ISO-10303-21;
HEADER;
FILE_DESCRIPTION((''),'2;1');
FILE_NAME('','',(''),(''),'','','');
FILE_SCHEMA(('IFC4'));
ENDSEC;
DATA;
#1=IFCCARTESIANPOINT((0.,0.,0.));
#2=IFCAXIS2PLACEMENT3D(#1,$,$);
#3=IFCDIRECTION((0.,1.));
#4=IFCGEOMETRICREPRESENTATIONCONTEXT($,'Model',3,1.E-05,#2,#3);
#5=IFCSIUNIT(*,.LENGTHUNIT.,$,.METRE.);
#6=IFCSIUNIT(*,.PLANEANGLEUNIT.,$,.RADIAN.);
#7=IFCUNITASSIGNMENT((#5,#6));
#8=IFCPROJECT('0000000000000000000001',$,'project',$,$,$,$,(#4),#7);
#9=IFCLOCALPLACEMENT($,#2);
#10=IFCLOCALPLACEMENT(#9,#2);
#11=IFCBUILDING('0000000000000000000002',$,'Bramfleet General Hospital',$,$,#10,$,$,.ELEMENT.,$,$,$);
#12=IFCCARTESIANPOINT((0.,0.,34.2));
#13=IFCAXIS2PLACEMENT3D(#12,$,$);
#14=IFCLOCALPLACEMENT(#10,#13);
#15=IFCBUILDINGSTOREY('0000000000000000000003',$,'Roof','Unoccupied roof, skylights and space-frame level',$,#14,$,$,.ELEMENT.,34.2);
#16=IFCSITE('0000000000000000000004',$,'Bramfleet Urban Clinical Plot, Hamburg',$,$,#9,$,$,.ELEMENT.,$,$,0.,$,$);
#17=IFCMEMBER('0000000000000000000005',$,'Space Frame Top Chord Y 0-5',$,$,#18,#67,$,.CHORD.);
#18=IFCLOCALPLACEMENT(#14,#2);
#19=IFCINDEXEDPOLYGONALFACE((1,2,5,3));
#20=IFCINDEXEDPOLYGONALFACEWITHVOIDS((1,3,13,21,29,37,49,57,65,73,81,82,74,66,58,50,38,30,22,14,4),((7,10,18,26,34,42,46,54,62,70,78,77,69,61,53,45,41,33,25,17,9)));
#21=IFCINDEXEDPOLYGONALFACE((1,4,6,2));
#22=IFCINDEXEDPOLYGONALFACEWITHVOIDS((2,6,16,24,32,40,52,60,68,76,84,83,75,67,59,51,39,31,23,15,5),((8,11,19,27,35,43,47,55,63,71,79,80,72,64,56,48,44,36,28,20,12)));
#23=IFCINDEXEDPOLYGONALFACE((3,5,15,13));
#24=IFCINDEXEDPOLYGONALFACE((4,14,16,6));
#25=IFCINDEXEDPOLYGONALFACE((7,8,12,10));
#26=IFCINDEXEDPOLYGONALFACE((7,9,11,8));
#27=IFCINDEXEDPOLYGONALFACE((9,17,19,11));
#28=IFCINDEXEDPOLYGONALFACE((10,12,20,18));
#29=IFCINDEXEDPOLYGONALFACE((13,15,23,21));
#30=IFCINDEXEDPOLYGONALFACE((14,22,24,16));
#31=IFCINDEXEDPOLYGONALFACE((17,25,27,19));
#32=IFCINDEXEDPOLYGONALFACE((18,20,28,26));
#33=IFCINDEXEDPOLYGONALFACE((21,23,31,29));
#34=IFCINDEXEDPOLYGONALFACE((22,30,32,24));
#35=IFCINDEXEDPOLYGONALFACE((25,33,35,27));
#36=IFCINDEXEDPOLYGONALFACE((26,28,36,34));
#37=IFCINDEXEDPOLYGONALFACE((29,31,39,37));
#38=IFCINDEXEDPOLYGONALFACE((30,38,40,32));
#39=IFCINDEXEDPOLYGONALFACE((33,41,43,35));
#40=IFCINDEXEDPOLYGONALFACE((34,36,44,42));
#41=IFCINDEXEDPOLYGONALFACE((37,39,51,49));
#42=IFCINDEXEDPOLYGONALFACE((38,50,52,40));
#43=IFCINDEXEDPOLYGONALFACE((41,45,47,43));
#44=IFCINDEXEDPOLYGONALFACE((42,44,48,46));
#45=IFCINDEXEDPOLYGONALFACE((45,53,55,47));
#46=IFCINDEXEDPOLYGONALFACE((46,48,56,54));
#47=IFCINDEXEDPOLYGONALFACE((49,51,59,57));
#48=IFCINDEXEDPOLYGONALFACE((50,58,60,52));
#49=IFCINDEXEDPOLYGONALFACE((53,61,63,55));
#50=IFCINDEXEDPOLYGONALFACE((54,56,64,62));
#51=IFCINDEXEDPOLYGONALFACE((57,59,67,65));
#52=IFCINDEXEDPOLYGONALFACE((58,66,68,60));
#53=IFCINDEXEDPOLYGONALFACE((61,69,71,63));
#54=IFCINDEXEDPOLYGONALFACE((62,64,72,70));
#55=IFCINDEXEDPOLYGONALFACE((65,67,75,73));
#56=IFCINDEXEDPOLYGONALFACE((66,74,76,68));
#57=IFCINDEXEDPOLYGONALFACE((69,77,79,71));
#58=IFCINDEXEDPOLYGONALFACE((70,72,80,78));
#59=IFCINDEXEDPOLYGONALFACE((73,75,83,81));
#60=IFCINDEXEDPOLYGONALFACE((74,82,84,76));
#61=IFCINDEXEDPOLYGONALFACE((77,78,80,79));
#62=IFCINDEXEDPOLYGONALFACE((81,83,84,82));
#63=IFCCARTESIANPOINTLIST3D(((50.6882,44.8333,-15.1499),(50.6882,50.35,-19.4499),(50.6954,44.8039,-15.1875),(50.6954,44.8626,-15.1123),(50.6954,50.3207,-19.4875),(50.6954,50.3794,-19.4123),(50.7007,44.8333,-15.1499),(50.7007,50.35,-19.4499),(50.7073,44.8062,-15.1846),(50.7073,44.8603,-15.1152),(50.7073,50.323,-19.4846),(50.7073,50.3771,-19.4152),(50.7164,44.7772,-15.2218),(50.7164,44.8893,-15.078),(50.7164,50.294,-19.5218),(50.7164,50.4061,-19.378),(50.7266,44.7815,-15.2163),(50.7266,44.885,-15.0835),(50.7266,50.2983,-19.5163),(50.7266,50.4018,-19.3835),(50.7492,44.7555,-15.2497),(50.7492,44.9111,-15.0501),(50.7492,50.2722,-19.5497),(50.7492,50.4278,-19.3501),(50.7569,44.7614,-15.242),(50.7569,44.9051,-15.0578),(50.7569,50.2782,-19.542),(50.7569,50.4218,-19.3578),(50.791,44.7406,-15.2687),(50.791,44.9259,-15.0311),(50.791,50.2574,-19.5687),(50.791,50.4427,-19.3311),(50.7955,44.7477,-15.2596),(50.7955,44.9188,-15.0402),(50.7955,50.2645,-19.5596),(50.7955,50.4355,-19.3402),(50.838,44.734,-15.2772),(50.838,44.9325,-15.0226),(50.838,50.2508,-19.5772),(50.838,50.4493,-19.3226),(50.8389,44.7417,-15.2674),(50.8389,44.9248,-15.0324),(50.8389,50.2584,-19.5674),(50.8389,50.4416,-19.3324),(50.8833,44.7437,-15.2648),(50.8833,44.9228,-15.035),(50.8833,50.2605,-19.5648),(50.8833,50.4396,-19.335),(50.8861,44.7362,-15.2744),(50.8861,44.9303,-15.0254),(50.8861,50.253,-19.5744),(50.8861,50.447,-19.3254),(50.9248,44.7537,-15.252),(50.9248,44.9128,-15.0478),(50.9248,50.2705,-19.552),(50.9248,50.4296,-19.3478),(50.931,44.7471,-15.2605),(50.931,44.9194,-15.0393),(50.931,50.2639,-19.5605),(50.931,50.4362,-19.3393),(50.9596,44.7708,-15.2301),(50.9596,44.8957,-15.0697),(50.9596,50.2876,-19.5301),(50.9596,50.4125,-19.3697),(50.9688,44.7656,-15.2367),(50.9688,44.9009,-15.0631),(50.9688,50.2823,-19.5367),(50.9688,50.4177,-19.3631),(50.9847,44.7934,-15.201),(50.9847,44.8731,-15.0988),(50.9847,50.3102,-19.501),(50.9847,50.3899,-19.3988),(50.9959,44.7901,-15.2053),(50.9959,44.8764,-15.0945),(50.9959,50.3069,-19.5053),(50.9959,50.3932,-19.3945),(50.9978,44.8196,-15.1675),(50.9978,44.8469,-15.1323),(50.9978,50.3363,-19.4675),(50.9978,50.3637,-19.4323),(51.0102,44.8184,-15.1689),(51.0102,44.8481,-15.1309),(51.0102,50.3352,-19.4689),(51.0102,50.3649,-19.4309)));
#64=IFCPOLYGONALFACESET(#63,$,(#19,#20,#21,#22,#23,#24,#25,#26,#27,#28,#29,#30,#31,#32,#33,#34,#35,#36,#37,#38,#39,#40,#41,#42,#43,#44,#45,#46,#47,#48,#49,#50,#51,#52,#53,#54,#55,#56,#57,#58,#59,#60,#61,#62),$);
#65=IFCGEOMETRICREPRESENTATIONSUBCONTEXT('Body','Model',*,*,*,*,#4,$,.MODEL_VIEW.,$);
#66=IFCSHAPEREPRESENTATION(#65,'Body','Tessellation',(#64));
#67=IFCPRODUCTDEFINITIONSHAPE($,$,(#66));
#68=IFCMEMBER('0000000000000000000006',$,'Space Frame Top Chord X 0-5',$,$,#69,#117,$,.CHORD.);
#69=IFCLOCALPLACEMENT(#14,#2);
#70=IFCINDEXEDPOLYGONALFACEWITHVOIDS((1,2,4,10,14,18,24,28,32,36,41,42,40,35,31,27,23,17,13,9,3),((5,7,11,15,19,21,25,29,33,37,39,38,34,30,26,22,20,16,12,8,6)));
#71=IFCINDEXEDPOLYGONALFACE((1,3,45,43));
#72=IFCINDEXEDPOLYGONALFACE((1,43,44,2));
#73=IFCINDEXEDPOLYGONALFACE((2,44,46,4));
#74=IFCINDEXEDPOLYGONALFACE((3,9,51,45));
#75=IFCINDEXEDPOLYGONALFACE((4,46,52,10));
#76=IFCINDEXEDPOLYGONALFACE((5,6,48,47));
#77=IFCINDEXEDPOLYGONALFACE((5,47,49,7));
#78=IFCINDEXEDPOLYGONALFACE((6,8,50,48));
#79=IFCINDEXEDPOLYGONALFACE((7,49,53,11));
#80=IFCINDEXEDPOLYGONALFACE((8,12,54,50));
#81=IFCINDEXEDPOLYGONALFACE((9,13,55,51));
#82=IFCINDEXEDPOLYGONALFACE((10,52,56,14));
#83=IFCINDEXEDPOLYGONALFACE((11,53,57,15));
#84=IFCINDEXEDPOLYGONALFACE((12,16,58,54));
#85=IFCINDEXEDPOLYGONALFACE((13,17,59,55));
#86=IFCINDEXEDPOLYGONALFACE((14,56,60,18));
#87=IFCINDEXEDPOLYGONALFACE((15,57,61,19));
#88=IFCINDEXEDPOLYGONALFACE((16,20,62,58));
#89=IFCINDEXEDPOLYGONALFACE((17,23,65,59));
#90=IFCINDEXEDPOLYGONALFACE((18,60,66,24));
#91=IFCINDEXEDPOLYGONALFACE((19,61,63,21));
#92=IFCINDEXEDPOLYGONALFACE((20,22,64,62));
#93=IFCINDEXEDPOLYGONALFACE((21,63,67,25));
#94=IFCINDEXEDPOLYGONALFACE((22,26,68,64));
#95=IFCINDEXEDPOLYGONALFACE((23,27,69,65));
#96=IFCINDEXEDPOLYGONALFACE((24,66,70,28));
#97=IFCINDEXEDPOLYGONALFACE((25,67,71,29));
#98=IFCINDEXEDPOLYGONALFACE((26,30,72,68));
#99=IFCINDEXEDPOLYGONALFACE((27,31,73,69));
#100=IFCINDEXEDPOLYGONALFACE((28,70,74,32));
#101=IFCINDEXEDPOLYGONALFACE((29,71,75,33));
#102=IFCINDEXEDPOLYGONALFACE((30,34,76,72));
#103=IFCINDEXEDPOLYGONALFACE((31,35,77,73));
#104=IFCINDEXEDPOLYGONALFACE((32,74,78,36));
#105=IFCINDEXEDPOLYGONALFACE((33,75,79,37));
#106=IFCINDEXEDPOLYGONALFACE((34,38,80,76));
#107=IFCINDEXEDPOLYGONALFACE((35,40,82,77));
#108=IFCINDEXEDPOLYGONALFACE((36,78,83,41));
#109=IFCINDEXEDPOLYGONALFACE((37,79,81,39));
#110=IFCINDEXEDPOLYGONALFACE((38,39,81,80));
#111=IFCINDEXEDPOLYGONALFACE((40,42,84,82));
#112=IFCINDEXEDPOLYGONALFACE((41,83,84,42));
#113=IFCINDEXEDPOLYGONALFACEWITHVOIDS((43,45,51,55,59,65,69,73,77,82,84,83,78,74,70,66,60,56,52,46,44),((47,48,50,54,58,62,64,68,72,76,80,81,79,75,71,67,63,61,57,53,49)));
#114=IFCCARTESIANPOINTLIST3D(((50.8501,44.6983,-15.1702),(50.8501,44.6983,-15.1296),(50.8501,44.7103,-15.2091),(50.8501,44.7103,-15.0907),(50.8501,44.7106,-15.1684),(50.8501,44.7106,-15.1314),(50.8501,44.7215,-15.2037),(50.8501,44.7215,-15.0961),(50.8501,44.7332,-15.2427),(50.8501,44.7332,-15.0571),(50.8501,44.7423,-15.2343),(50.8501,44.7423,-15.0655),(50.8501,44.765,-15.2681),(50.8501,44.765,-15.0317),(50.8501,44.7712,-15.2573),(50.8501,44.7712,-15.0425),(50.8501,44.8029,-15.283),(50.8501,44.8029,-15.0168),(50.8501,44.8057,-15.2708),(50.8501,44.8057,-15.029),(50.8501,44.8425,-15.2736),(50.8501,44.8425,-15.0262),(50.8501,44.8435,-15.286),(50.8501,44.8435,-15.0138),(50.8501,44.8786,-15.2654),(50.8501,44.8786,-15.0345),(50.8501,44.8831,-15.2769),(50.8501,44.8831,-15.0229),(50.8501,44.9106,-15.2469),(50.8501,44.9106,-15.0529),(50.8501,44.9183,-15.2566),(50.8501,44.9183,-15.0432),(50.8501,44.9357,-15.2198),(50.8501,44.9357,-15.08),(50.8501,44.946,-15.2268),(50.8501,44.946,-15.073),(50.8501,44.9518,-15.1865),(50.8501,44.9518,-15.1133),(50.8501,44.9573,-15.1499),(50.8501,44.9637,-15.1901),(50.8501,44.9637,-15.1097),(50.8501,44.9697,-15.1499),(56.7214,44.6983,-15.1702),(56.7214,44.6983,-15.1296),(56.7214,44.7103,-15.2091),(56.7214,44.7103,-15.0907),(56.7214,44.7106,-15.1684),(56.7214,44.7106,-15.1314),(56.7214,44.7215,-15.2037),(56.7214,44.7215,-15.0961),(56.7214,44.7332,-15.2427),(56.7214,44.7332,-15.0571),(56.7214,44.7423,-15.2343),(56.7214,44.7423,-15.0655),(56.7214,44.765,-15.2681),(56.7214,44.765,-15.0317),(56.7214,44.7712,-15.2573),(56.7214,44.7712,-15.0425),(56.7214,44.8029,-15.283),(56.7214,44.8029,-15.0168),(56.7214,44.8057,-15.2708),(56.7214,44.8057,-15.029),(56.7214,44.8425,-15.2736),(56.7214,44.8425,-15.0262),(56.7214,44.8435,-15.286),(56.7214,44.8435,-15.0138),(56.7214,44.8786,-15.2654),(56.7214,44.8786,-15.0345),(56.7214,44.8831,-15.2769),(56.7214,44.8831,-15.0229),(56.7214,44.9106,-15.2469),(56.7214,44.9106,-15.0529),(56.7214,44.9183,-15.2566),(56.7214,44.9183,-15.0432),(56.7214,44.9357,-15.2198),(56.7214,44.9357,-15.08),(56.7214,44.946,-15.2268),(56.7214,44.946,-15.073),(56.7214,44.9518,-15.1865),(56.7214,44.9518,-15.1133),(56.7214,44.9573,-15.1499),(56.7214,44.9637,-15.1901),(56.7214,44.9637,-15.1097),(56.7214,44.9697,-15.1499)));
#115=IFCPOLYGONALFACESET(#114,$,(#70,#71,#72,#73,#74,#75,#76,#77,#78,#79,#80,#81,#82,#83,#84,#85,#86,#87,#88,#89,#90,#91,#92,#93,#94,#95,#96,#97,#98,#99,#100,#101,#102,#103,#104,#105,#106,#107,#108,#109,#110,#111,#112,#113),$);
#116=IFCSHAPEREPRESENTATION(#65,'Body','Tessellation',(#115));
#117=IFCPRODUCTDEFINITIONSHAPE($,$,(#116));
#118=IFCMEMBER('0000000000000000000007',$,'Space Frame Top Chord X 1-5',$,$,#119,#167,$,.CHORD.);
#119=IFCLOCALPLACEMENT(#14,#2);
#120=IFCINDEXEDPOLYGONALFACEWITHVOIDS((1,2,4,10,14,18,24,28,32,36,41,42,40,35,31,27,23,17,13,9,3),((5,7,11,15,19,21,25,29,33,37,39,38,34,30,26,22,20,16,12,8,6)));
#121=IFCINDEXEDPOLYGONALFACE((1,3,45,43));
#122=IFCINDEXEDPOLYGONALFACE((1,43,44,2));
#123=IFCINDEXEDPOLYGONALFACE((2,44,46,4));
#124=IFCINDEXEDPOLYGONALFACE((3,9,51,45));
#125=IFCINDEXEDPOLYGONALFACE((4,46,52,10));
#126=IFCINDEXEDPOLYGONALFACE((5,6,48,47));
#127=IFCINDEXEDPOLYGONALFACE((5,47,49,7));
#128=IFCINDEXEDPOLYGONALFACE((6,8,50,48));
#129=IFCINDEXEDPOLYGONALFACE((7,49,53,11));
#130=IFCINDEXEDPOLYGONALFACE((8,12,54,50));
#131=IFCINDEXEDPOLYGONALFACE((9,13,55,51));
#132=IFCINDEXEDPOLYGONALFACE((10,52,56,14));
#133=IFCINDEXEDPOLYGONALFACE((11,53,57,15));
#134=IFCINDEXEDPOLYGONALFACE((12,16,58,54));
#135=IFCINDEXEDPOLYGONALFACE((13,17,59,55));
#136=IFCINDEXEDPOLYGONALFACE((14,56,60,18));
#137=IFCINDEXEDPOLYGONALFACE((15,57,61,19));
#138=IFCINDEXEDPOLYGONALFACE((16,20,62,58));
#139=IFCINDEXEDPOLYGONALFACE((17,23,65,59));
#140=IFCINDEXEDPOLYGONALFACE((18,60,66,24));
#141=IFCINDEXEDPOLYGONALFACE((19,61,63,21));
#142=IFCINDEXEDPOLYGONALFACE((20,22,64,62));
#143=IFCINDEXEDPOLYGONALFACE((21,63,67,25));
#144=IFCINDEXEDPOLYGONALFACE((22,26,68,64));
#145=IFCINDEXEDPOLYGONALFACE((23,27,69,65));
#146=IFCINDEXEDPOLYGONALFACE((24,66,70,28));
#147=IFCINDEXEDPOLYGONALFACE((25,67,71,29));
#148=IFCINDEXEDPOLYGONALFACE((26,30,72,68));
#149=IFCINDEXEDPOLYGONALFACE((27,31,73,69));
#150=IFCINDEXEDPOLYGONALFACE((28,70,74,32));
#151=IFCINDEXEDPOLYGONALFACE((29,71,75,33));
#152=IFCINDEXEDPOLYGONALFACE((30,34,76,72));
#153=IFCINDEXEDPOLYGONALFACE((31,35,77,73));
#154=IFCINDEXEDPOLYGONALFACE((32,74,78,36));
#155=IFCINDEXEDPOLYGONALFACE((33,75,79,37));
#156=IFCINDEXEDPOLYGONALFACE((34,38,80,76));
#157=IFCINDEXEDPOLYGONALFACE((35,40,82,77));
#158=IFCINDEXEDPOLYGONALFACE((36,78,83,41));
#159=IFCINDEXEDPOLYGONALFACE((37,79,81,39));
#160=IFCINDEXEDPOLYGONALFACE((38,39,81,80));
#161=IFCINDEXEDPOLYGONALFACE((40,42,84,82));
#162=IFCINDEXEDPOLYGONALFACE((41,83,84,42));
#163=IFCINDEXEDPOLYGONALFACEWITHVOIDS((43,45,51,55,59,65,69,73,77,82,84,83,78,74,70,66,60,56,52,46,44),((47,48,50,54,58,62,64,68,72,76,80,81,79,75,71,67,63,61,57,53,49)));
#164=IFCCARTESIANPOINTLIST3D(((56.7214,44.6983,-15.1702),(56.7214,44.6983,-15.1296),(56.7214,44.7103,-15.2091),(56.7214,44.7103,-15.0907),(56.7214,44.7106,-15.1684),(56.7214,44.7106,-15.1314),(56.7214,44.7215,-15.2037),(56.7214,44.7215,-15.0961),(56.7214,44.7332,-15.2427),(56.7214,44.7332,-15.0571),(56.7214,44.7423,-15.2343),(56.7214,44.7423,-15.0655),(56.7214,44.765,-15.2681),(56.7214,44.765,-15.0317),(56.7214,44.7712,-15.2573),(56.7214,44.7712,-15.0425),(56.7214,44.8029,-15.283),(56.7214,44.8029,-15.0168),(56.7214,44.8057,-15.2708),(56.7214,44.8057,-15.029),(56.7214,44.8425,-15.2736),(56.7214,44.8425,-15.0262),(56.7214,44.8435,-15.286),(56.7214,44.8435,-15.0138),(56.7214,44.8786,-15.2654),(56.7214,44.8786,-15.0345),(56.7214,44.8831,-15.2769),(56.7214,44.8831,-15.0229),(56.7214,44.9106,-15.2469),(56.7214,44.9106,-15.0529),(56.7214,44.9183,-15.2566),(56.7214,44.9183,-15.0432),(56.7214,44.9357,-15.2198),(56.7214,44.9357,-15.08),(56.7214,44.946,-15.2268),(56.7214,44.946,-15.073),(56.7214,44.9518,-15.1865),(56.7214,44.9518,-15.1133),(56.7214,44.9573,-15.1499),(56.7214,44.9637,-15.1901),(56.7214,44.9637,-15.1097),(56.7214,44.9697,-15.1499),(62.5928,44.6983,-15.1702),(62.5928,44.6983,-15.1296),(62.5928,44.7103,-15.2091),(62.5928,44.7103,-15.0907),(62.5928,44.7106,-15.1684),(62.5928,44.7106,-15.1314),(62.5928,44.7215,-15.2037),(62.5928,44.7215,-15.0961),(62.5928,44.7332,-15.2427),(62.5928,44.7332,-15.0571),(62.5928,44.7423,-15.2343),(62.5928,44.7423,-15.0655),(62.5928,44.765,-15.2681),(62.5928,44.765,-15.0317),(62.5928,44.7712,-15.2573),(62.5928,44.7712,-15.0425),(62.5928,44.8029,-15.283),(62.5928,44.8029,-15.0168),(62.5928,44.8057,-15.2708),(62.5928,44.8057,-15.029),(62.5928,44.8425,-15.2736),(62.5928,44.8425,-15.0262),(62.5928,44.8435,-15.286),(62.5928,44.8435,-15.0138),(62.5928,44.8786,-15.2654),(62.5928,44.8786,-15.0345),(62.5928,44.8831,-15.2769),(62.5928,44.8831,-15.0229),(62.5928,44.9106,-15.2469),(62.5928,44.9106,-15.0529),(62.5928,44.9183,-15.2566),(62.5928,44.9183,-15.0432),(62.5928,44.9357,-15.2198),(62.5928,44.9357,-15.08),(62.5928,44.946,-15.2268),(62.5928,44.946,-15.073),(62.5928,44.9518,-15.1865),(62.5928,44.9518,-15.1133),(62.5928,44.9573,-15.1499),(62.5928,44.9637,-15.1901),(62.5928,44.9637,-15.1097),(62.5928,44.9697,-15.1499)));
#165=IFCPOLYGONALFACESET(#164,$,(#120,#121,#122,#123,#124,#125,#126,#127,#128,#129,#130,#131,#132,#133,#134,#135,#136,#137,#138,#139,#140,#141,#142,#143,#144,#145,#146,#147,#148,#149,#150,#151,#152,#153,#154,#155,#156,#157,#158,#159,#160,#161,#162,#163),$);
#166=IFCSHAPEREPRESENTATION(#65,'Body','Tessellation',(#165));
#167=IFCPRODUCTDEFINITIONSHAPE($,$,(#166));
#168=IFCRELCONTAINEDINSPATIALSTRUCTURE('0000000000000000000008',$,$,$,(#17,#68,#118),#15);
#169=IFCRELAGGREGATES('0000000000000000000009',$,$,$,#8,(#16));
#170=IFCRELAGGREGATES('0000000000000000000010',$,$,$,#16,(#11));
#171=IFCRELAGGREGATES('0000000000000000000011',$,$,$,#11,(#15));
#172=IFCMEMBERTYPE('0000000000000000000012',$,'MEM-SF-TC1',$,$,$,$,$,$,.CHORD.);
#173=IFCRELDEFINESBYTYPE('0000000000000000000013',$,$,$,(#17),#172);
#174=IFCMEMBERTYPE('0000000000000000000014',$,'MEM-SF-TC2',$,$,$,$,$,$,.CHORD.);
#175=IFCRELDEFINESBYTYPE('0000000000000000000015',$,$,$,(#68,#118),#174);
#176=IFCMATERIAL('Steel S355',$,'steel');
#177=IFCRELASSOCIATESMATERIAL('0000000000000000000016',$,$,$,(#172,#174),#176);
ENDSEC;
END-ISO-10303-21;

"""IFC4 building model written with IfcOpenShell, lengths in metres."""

from ifc_helpers import new_model, si_unit, direction, frame, origin, origin_2d, place, context, subcontext, project, spatial, hollow_circle, extrude, material, material_profile, profile_set, type_object, element, save


model = new_model("IFC4")

# Units and contexts
model_context = context("Model", 3, precision=1e-05, world=origin(), true_north=direction((0.0, 1.0)))
body_context = subcontext(model_context, "Body", "Model", "MODEL_VIEW")
ifc_project = project(units=[si_unit("LENGTHUNIT", "METRE"), si_unit("PLANEANGLEUNIT", "RADIAN")], contexts=[model_context])

# Site, building, storey
site_placement = place(None, origin())
site = spatial("IfcSite", under=ifc_project, at=site_placement, Name="Bramfleet Urban Clinical Plot, Hamburg", CompositionType="ELEMENT", RefElevation=0.0)
building_placement = place(site_placement, origin())
building = spatial("IfcBuilding", under=site, at=building_placement, Name="Bramfleet General Hospital", CompositionType="ELEMENT")
storey_placement = place(building_placement, frame((0.0, 0.0, 34.2)))
storey = spatial("IfcBuildingStorey", under=building, at=storey_placement, Name="Roof", Description="Unoccupied roof, skylights and space-frame level", CompositionType="ELEMENT", Elevation=34.2)

# Members
ifc_material = material(Name="Steel S355", Category="steel")
ifc_material_profile_1 = material_profile(ifc_material, hollow_circle(Radius=0.1619, WallThickness=0.0125, at=origin_2d()), Name="CHS 323.9x12.5")
ifc_profile_set_1 = profile_set([ifc_material_profile_1], Name="Steel S355")
member_type_1 = type_object("IfcMemberType", Name="MEM-SF-TC1", PredefinedType="CHORD", material=ifc_profile_set_1)
member_1_placement = place(storey_placement, frame((50.8501, 44.8333, -15.1499), z_axis=(0.0, 0.788717, -0.614757), x_axis=(-1.0, 0.0, 0.0)))
element("IfcMember", 1, at=member_1_placement, inside=storey, type_object=member_type_1, Name="Space Frame Top Chord Y 0-5", PredefinedType="CHORD", context=body_context, shape_type="SweptSolid", body=[
    extrude(hollow_circle(Radius=0.1619, WallThickness=0.0125, at=origin_2d()), origin(), (0.0, 0.0, 1.0), 6.9946),
])
ifc_material_profile_2 = material_profile(ifc_material, hollow_circle(Radius=0.1365, WallThickness=0.0125, at=origin_2d()), Name="CHS 273.0x12.5")
ifc_profile_set_2 = profile_set([ifc_material_profile_2], Name="Steel S355")
member_type_2 = type_object("IfcMemberType", Name="MEM-SF-TC2", PredefinedType="CHORD", material=ifc_profile_set_2)
for number, where, z_axis, x_axis, name in (
    (2, (50.8501, 44.8333, -15.1499), (1.0, 0.0, 0.0), (0.0, 1.0, 0.0), "Space Frame Top Chord X 0-5"),
    (3, (56.7214, 44.8333, -15.1499), (1.0, 0.0, 0.0), (0.0, 1.0, 0.0), "Space Frame Top Chord X 1-5"),
):
    element("IfcMember", number, at=place(storey_placement, frame(where, z_axis=z_axis, x_axis=x_axis)), inside=storey, type_object=member_type_2, Name=name, PredefinedType="CHORD", context=body_context, shape_type="SweptSolid", body=[
        extrude(hollow_circle(Radius=0.1365, WallThickness=0.0125, at=origin_2d()), origin(), (0.0, 0.0, 1.0), 5.8713),
    ])

save(model, "model.ifc")
